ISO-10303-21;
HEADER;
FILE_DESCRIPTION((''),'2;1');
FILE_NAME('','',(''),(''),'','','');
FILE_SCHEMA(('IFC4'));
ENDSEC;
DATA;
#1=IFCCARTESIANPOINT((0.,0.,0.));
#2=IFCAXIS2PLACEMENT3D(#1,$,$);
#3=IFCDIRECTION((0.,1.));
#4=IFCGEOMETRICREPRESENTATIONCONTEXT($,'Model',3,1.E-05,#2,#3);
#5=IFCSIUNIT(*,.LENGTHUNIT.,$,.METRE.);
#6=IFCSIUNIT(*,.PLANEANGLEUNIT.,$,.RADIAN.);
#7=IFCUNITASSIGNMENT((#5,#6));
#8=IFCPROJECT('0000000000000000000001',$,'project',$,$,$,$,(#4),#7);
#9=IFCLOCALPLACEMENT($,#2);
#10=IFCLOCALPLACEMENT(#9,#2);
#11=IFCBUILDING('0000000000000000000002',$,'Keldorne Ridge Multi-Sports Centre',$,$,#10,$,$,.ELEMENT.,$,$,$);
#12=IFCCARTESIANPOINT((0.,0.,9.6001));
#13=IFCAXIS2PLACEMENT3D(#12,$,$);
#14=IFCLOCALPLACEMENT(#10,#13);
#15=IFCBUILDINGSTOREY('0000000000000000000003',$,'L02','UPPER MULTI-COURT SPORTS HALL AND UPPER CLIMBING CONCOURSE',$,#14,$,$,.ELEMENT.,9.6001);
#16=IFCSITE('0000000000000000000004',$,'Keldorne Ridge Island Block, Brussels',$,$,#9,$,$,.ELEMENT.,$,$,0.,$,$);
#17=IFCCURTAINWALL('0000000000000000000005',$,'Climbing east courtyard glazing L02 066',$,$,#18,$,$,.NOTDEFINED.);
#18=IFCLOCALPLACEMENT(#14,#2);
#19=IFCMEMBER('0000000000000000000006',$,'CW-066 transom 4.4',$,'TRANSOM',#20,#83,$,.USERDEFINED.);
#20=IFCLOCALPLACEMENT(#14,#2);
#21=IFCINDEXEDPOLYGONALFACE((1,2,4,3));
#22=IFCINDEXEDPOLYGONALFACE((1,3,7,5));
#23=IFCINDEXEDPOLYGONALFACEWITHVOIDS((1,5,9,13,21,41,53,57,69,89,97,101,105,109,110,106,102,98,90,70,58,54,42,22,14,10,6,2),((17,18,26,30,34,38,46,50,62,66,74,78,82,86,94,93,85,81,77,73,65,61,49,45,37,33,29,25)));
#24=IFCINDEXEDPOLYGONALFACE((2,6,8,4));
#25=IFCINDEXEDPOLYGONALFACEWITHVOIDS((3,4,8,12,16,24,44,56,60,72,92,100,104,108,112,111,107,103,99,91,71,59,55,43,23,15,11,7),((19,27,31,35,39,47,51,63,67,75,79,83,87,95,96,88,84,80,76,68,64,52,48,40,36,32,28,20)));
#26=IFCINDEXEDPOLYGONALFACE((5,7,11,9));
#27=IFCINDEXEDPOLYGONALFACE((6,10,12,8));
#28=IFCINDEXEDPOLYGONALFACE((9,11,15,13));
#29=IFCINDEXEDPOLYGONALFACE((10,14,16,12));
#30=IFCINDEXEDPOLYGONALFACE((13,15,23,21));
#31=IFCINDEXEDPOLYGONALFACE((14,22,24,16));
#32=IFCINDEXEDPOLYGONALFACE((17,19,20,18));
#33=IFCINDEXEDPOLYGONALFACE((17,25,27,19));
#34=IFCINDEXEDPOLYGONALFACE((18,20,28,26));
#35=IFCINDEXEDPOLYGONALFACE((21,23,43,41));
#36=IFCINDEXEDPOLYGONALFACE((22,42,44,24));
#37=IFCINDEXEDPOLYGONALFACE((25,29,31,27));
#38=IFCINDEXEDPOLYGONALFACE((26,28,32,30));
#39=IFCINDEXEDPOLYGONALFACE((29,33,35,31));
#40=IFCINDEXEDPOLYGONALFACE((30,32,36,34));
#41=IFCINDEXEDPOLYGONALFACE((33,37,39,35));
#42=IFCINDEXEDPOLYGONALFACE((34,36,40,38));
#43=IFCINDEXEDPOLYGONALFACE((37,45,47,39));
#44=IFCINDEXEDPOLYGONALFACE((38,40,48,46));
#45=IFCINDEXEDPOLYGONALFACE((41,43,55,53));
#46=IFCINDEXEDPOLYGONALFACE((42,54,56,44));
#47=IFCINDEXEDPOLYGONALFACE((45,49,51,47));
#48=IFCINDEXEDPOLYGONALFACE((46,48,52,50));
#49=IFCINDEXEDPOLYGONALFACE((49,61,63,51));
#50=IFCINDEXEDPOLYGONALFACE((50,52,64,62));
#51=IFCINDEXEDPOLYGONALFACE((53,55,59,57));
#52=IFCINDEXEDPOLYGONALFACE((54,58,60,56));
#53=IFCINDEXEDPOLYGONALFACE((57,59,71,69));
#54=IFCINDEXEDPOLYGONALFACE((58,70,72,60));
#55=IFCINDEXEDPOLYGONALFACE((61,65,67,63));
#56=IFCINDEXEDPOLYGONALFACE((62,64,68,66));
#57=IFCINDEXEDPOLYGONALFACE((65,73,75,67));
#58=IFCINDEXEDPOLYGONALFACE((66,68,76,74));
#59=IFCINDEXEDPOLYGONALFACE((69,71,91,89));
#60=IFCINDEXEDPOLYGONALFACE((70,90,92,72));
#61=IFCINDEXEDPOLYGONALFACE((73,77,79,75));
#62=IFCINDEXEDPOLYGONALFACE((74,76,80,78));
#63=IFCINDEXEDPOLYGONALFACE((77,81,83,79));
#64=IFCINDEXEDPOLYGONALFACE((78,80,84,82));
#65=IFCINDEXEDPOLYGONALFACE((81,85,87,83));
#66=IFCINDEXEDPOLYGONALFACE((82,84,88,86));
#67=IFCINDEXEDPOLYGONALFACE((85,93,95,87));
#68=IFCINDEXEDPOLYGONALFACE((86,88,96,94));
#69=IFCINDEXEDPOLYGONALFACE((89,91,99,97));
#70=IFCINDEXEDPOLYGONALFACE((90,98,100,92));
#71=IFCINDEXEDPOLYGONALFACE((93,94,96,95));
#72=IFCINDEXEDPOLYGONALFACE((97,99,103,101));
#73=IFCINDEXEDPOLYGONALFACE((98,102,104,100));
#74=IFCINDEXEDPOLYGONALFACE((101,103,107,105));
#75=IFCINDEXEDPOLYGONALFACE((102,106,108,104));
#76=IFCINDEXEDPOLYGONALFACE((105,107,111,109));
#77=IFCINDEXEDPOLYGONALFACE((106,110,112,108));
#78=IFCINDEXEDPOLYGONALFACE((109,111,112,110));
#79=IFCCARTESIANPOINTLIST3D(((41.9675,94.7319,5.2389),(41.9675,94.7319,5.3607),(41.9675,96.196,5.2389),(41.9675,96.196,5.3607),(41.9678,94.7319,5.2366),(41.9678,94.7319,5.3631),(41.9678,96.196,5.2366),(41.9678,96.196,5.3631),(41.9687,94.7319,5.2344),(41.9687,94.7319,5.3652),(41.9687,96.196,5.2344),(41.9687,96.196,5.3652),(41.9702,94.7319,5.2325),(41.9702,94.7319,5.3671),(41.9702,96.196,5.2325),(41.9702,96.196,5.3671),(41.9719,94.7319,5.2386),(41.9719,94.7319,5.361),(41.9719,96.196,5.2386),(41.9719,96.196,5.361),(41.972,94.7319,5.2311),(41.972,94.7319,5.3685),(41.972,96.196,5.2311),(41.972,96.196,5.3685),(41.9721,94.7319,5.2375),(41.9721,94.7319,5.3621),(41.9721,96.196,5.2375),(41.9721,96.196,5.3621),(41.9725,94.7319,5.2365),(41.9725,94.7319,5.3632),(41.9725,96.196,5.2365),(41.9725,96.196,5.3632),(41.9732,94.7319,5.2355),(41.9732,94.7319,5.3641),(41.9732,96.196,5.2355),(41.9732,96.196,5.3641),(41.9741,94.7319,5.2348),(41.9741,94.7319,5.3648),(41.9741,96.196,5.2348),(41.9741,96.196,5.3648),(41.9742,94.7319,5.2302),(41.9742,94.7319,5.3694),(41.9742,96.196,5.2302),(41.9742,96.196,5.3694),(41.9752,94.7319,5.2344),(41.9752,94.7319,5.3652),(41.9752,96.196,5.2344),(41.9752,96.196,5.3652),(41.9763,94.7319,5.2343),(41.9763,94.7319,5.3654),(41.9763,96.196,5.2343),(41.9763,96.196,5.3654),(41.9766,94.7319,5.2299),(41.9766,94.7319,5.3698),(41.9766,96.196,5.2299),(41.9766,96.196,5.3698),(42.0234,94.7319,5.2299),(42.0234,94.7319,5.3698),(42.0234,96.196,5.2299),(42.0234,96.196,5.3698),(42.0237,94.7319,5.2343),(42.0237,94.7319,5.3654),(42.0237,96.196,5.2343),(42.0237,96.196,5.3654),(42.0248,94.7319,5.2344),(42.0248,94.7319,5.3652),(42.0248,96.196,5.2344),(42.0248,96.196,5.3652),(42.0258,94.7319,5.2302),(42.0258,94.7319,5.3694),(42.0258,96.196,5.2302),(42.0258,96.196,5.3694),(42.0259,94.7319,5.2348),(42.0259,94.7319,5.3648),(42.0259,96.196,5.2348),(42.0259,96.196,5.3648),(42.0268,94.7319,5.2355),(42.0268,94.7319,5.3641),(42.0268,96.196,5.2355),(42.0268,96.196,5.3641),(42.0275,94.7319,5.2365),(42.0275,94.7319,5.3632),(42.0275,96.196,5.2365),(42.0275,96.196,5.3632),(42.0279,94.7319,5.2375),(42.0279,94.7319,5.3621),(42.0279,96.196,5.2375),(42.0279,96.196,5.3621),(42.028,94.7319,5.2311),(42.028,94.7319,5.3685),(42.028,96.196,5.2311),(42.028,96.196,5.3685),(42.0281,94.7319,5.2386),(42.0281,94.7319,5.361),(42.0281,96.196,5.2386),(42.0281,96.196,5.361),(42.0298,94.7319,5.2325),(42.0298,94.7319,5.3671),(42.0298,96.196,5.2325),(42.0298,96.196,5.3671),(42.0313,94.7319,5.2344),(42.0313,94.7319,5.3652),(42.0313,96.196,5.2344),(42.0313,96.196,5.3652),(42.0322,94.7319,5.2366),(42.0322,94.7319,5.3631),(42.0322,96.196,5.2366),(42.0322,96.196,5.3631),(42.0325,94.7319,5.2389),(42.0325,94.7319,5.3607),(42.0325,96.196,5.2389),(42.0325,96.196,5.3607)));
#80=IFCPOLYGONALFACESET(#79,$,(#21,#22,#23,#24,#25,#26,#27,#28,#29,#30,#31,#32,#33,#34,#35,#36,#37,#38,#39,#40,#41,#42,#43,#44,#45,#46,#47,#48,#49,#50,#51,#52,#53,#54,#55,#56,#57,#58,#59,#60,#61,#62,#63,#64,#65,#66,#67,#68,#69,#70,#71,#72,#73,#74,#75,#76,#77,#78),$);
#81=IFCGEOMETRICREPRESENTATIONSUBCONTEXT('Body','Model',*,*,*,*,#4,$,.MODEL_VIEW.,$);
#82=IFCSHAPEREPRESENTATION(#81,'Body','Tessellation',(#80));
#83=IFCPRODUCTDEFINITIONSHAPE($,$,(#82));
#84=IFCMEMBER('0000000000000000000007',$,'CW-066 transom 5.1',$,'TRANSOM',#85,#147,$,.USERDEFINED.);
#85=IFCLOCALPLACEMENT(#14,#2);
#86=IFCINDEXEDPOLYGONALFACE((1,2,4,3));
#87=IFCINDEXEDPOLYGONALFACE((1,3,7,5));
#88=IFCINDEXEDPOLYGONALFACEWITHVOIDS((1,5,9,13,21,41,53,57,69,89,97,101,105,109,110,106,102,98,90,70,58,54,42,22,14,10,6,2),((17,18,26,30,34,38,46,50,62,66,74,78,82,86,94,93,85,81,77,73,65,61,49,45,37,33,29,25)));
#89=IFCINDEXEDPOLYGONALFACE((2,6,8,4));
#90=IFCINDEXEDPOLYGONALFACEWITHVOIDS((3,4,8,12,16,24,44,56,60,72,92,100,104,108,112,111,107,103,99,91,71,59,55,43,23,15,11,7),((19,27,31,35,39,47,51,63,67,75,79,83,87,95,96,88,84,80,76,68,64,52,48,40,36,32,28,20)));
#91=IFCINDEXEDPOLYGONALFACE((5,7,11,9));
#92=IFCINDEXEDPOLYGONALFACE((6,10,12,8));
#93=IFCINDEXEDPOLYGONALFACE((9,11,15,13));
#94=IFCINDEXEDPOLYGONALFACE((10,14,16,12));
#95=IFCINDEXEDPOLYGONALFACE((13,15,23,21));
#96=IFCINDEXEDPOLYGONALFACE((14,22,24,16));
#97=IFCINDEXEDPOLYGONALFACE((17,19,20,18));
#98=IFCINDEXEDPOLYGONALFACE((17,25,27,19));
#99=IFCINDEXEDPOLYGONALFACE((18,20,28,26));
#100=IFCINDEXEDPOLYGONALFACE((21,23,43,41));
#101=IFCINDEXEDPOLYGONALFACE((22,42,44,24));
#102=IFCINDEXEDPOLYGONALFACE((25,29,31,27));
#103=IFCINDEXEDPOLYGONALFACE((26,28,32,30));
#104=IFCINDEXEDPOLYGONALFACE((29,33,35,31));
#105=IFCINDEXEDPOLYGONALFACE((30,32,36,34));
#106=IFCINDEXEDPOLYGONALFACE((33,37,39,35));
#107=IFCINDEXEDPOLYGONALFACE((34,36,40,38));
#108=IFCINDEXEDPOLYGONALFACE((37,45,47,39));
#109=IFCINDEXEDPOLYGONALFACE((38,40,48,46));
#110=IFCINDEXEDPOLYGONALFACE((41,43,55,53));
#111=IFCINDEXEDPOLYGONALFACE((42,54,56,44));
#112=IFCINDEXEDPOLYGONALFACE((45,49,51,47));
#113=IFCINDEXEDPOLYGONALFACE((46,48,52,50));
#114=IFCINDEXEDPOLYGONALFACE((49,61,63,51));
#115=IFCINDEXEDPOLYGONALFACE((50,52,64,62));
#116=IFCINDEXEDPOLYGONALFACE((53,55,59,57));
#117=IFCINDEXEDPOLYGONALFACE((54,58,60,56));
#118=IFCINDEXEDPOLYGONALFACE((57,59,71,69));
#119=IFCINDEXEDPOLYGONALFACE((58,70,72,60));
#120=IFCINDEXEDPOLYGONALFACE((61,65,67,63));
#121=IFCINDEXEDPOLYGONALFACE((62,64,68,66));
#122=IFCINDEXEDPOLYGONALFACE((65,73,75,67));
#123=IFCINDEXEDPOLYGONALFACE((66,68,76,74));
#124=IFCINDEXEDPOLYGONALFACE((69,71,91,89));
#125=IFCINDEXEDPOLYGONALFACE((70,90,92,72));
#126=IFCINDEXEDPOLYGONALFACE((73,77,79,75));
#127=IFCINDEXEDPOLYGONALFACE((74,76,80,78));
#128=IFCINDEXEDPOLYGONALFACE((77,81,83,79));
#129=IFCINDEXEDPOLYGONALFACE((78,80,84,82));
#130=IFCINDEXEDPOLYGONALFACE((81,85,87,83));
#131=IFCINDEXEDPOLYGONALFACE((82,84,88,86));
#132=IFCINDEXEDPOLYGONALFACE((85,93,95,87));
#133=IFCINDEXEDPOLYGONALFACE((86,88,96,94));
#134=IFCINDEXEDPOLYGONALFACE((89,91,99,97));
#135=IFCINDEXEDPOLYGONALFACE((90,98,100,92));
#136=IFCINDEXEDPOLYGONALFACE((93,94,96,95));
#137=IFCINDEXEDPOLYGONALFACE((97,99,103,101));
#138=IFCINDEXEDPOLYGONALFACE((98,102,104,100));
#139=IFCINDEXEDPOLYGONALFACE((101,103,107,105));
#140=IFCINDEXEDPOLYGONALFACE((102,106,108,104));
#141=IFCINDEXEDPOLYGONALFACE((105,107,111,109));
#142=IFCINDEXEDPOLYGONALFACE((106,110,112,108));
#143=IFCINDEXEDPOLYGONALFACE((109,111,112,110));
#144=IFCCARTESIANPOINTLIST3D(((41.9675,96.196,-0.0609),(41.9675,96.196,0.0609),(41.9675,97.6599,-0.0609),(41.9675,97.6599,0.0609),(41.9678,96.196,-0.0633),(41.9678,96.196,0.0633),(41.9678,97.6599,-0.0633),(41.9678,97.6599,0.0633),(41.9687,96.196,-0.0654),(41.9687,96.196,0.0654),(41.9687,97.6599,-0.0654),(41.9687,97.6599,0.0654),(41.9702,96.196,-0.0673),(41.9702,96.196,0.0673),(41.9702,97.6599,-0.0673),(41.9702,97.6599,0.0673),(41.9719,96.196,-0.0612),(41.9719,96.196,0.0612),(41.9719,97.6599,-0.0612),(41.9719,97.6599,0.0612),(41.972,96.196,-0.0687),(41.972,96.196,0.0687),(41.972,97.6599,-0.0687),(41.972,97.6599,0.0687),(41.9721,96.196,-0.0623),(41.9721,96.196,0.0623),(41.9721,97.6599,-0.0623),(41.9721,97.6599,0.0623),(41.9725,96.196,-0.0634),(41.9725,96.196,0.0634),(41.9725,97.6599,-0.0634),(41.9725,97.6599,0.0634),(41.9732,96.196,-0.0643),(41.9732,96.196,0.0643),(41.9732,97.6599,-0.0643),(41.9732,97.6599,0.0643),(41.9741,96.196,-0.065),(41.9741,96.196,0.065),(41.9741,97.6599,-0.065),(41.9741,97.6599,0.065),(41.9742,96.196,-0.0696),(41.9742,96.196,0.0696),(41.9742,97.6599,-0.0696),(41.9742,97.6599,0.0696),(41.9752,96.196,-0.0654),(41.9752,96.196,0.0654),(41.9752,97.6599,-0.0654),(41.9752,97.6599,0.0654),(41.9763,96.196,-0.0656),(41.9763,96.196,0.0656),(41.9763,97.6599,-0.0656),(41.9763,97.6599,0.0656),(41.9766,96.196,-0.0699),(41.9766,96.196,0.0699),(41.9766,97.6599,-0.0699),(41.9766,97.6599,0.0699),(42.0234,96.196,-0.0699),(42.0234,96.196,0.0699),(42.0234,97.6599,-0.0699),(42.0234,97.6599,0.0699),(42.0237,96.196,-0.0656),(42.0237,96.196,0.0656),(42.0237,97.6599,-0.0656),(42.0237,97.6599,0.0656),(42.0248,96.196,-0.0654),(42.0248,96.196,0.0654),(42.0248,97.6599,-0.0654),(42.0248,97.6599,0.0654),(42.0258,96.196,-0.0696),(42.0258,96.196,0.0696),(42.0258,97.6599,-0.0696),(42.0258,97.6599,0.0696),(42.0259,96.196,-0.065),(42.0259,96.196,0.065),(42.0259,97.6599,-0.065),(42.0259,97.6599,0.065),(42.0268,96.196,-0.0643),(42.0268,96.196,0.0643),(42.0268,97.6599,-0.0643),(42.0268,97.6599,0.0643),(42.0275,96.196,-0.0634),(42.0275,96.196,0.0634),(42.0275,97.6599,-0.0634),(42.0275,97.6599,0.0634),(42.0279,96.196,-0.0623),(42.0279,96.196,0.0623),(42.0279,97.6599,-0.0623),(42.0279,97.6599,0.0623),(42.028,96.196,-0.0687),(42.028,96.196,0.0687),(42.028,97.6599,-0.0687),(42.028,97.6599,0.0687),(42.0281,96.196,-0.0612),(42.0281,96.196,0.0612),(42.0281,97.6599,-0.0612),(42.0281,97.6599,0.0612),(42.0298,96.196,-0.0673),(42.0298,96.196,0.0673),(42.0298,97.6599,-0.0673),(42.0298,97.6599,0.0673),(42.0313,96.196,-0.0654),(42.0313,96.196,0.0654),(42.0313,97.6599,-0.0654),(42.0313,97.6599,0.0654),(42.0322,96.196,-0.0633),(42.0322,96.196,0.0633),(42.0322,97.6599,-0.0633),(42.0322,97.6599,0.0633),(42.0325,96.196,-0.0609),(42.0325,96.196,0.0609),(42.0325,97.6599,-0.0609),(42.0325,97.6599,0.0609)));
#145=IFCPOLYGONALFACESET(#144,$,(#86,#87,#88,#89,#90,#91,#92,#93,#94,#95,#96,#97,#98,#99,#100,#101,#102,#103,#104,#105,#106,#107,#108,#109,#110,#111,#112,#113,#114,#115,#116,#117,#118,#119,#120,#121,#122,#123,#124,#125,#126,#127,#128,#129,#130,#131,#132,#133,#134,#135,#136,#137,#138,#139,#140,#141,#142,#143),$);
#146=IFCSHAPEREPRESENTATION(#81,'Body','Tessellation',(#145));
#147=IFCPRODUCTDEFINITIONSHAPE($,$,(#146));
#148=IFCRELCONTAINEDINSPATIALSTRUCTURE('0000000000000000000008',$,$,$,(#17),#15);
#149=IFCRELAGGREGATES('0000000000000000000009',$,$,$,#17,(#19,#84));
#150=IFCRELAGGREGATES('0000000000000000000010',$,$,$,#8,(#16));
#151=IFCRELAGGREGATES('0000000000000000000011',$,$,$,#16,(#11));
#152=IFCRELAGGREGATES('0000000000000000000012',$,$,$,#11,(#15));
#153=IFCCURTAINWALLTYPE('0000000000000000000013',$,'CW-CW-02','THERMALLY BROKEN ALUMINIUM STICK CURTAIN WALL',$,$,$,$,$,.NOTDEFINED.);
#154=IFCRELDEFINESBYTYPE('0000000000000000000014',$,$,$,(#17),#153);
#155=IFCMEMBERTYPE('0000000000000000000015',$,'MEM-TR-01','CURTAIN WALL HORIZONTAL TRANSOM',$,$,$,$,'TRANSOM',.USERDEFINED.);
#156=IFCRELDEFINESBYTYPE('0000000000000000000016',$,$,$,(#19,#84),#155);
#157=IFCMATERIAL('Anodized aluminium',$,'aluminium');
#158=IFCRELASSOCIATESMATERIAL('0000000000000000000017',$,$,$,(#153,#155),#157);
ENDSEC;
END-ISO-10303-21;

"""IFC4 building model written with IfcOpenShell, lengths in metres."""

from ifc_helpers import new_model, si_unit, direction, frame, origin, origin_2d, place, context, subcontext, project, spatial, hollow_rectangle, extrude, material, material_profile, profile_set, type_object, element, aggregate, save


model = new_model("IFC4")

# Units and contexts
model_context = context("Model", 3, precision=1e-05, world=origin(), true_north=direction((0.0, 1.0)))
body_context = subcontext(model_context, "Body", "Model", "MODEL_VIEW")
ifc_project = project(units=[si_unit("LENGTHUNIT", "METRE"), si_unit("PLANEANGLEUNIT", "RADIAN")], contexts=[model_context])

# Site, building, storey
site_placement = place(None, origin())
site = spatial("IfcSite", under=ifc_project, at=site_placement, Name="Keldorne Ridge Island Block, Brussels", CompositionType="ELEMENT", RefElevation=0.0)
building_placement = place(site_placement, origin())
building = spatial("IfcBuilding", under=site, at=building_placement, Name="Keldorne Ridge Multi-Sports Centre", CompositionType="ELEMENT")
storey_placement = place(building_placement, frame((0.0, 0.0, 9.6001)))
storey = spatial("IfcBuildingStorey", under=building, at=storey_placement, Name="L02", Description="UPPER MULTI-COURT SPORTS HALL AND UPPER CLIMBING CONCOURSE", CompositionType="ELEMENT", Elevation=9.6001)

# Curtain wall, members
ifc_material_1 = material(Name="Anodized aluminium", Category="aluminium")
curtain_wall_type = type_object("IfcCurtainWallType", Name="CW-CW-02", Description="THERMALLY BROKEN ALUMINIUM STICK CURTAIN WALL", PredefinedType="NOTDEFINED", material=ifc_material_1)
curtain_wall_placement = place(storey_placement, origin())
curtain_wall = element("IfcCurtainWall", 1, at=curtain_wall_placement, inside=storey, type_object=curtain_wall_type, Name="Climbing east courtyard glazing L02 066", PredefinedType="NOTDEFINED")
ifc_material_profile_1 = material_profile(ifc_material_1, hollow_rectangle(XDim=0.0649, YDim=0.1399, WallThickness=0.0044, InnerFilletRadius=0.0044, OuterFilletRadius=0.009, at=origin_2d()), Name="ALU TRANSOM 140x65x4.5")
ifc_profile_set_1 = profile_set([ifc_material_profile_1], Name="Anodized aluminium")
member_type_1 = type_object("IfcMemberType", Name="MEM-TR-01", Description="CURTAIN WALL HORIZONTAL TRANSOM", ElementType="TRANSOM", PredefinedType="USERDEFINED", material=ifc_profile_set_1)
member_1_placement = place(storey_placement, frame((42.0, 94.7319, 5.2998), z_axis=(0.0, 1.0, 0.0), x_axis=(-1.0, 0.0, 0.0)))
member_1 = element("IfcMember", 2, at=member_1_placement, type_object=member_type_1, Name="CW-066 transom 4.4", ObjectType="TRANSOM", PredefinedType="USERDEFINED", context=body_context, shape_type="SweptSolid", body=[
    extrude(hollow_rectangle(XDim=0.0649, YDim=0.1399, WallThickness=0.0044, InnerFilletRadius=0.0044, OuterFilletRadius=0.009, at=origin_2d()), origin(), (0.0, 0.0, 1.0), 1.4641),
])
member_2_placement = place(storey_placement, frame((42.0, 96.196, 0.0), z_axis=(0.0, 1.0, 0.0), x_axis=(-1.0, 0.0, 0.0)))
member_2 = element("IfcMember", 3, at=member_2_placement, type_object=member_type_1, Name="CW-066 transom 5.1", ObjectType="TRANSOM", PredefinedType="USERDEFINED", context=body_context, shape_type="SweptSolid", body=[
    extrude(hollow_rectangle(XDim=0.0649, YDim=0.1399, WallThickness=0.0044, InnerFilletRadius=0.0044, OuterFilletRadius=0.009, at=origin_2d()), origin(), (0.0, 0.0, 1.0), 1.4639),
])
aggregate(curtain_wall, [member_1, member_2])

save(model, "model.ifc")
